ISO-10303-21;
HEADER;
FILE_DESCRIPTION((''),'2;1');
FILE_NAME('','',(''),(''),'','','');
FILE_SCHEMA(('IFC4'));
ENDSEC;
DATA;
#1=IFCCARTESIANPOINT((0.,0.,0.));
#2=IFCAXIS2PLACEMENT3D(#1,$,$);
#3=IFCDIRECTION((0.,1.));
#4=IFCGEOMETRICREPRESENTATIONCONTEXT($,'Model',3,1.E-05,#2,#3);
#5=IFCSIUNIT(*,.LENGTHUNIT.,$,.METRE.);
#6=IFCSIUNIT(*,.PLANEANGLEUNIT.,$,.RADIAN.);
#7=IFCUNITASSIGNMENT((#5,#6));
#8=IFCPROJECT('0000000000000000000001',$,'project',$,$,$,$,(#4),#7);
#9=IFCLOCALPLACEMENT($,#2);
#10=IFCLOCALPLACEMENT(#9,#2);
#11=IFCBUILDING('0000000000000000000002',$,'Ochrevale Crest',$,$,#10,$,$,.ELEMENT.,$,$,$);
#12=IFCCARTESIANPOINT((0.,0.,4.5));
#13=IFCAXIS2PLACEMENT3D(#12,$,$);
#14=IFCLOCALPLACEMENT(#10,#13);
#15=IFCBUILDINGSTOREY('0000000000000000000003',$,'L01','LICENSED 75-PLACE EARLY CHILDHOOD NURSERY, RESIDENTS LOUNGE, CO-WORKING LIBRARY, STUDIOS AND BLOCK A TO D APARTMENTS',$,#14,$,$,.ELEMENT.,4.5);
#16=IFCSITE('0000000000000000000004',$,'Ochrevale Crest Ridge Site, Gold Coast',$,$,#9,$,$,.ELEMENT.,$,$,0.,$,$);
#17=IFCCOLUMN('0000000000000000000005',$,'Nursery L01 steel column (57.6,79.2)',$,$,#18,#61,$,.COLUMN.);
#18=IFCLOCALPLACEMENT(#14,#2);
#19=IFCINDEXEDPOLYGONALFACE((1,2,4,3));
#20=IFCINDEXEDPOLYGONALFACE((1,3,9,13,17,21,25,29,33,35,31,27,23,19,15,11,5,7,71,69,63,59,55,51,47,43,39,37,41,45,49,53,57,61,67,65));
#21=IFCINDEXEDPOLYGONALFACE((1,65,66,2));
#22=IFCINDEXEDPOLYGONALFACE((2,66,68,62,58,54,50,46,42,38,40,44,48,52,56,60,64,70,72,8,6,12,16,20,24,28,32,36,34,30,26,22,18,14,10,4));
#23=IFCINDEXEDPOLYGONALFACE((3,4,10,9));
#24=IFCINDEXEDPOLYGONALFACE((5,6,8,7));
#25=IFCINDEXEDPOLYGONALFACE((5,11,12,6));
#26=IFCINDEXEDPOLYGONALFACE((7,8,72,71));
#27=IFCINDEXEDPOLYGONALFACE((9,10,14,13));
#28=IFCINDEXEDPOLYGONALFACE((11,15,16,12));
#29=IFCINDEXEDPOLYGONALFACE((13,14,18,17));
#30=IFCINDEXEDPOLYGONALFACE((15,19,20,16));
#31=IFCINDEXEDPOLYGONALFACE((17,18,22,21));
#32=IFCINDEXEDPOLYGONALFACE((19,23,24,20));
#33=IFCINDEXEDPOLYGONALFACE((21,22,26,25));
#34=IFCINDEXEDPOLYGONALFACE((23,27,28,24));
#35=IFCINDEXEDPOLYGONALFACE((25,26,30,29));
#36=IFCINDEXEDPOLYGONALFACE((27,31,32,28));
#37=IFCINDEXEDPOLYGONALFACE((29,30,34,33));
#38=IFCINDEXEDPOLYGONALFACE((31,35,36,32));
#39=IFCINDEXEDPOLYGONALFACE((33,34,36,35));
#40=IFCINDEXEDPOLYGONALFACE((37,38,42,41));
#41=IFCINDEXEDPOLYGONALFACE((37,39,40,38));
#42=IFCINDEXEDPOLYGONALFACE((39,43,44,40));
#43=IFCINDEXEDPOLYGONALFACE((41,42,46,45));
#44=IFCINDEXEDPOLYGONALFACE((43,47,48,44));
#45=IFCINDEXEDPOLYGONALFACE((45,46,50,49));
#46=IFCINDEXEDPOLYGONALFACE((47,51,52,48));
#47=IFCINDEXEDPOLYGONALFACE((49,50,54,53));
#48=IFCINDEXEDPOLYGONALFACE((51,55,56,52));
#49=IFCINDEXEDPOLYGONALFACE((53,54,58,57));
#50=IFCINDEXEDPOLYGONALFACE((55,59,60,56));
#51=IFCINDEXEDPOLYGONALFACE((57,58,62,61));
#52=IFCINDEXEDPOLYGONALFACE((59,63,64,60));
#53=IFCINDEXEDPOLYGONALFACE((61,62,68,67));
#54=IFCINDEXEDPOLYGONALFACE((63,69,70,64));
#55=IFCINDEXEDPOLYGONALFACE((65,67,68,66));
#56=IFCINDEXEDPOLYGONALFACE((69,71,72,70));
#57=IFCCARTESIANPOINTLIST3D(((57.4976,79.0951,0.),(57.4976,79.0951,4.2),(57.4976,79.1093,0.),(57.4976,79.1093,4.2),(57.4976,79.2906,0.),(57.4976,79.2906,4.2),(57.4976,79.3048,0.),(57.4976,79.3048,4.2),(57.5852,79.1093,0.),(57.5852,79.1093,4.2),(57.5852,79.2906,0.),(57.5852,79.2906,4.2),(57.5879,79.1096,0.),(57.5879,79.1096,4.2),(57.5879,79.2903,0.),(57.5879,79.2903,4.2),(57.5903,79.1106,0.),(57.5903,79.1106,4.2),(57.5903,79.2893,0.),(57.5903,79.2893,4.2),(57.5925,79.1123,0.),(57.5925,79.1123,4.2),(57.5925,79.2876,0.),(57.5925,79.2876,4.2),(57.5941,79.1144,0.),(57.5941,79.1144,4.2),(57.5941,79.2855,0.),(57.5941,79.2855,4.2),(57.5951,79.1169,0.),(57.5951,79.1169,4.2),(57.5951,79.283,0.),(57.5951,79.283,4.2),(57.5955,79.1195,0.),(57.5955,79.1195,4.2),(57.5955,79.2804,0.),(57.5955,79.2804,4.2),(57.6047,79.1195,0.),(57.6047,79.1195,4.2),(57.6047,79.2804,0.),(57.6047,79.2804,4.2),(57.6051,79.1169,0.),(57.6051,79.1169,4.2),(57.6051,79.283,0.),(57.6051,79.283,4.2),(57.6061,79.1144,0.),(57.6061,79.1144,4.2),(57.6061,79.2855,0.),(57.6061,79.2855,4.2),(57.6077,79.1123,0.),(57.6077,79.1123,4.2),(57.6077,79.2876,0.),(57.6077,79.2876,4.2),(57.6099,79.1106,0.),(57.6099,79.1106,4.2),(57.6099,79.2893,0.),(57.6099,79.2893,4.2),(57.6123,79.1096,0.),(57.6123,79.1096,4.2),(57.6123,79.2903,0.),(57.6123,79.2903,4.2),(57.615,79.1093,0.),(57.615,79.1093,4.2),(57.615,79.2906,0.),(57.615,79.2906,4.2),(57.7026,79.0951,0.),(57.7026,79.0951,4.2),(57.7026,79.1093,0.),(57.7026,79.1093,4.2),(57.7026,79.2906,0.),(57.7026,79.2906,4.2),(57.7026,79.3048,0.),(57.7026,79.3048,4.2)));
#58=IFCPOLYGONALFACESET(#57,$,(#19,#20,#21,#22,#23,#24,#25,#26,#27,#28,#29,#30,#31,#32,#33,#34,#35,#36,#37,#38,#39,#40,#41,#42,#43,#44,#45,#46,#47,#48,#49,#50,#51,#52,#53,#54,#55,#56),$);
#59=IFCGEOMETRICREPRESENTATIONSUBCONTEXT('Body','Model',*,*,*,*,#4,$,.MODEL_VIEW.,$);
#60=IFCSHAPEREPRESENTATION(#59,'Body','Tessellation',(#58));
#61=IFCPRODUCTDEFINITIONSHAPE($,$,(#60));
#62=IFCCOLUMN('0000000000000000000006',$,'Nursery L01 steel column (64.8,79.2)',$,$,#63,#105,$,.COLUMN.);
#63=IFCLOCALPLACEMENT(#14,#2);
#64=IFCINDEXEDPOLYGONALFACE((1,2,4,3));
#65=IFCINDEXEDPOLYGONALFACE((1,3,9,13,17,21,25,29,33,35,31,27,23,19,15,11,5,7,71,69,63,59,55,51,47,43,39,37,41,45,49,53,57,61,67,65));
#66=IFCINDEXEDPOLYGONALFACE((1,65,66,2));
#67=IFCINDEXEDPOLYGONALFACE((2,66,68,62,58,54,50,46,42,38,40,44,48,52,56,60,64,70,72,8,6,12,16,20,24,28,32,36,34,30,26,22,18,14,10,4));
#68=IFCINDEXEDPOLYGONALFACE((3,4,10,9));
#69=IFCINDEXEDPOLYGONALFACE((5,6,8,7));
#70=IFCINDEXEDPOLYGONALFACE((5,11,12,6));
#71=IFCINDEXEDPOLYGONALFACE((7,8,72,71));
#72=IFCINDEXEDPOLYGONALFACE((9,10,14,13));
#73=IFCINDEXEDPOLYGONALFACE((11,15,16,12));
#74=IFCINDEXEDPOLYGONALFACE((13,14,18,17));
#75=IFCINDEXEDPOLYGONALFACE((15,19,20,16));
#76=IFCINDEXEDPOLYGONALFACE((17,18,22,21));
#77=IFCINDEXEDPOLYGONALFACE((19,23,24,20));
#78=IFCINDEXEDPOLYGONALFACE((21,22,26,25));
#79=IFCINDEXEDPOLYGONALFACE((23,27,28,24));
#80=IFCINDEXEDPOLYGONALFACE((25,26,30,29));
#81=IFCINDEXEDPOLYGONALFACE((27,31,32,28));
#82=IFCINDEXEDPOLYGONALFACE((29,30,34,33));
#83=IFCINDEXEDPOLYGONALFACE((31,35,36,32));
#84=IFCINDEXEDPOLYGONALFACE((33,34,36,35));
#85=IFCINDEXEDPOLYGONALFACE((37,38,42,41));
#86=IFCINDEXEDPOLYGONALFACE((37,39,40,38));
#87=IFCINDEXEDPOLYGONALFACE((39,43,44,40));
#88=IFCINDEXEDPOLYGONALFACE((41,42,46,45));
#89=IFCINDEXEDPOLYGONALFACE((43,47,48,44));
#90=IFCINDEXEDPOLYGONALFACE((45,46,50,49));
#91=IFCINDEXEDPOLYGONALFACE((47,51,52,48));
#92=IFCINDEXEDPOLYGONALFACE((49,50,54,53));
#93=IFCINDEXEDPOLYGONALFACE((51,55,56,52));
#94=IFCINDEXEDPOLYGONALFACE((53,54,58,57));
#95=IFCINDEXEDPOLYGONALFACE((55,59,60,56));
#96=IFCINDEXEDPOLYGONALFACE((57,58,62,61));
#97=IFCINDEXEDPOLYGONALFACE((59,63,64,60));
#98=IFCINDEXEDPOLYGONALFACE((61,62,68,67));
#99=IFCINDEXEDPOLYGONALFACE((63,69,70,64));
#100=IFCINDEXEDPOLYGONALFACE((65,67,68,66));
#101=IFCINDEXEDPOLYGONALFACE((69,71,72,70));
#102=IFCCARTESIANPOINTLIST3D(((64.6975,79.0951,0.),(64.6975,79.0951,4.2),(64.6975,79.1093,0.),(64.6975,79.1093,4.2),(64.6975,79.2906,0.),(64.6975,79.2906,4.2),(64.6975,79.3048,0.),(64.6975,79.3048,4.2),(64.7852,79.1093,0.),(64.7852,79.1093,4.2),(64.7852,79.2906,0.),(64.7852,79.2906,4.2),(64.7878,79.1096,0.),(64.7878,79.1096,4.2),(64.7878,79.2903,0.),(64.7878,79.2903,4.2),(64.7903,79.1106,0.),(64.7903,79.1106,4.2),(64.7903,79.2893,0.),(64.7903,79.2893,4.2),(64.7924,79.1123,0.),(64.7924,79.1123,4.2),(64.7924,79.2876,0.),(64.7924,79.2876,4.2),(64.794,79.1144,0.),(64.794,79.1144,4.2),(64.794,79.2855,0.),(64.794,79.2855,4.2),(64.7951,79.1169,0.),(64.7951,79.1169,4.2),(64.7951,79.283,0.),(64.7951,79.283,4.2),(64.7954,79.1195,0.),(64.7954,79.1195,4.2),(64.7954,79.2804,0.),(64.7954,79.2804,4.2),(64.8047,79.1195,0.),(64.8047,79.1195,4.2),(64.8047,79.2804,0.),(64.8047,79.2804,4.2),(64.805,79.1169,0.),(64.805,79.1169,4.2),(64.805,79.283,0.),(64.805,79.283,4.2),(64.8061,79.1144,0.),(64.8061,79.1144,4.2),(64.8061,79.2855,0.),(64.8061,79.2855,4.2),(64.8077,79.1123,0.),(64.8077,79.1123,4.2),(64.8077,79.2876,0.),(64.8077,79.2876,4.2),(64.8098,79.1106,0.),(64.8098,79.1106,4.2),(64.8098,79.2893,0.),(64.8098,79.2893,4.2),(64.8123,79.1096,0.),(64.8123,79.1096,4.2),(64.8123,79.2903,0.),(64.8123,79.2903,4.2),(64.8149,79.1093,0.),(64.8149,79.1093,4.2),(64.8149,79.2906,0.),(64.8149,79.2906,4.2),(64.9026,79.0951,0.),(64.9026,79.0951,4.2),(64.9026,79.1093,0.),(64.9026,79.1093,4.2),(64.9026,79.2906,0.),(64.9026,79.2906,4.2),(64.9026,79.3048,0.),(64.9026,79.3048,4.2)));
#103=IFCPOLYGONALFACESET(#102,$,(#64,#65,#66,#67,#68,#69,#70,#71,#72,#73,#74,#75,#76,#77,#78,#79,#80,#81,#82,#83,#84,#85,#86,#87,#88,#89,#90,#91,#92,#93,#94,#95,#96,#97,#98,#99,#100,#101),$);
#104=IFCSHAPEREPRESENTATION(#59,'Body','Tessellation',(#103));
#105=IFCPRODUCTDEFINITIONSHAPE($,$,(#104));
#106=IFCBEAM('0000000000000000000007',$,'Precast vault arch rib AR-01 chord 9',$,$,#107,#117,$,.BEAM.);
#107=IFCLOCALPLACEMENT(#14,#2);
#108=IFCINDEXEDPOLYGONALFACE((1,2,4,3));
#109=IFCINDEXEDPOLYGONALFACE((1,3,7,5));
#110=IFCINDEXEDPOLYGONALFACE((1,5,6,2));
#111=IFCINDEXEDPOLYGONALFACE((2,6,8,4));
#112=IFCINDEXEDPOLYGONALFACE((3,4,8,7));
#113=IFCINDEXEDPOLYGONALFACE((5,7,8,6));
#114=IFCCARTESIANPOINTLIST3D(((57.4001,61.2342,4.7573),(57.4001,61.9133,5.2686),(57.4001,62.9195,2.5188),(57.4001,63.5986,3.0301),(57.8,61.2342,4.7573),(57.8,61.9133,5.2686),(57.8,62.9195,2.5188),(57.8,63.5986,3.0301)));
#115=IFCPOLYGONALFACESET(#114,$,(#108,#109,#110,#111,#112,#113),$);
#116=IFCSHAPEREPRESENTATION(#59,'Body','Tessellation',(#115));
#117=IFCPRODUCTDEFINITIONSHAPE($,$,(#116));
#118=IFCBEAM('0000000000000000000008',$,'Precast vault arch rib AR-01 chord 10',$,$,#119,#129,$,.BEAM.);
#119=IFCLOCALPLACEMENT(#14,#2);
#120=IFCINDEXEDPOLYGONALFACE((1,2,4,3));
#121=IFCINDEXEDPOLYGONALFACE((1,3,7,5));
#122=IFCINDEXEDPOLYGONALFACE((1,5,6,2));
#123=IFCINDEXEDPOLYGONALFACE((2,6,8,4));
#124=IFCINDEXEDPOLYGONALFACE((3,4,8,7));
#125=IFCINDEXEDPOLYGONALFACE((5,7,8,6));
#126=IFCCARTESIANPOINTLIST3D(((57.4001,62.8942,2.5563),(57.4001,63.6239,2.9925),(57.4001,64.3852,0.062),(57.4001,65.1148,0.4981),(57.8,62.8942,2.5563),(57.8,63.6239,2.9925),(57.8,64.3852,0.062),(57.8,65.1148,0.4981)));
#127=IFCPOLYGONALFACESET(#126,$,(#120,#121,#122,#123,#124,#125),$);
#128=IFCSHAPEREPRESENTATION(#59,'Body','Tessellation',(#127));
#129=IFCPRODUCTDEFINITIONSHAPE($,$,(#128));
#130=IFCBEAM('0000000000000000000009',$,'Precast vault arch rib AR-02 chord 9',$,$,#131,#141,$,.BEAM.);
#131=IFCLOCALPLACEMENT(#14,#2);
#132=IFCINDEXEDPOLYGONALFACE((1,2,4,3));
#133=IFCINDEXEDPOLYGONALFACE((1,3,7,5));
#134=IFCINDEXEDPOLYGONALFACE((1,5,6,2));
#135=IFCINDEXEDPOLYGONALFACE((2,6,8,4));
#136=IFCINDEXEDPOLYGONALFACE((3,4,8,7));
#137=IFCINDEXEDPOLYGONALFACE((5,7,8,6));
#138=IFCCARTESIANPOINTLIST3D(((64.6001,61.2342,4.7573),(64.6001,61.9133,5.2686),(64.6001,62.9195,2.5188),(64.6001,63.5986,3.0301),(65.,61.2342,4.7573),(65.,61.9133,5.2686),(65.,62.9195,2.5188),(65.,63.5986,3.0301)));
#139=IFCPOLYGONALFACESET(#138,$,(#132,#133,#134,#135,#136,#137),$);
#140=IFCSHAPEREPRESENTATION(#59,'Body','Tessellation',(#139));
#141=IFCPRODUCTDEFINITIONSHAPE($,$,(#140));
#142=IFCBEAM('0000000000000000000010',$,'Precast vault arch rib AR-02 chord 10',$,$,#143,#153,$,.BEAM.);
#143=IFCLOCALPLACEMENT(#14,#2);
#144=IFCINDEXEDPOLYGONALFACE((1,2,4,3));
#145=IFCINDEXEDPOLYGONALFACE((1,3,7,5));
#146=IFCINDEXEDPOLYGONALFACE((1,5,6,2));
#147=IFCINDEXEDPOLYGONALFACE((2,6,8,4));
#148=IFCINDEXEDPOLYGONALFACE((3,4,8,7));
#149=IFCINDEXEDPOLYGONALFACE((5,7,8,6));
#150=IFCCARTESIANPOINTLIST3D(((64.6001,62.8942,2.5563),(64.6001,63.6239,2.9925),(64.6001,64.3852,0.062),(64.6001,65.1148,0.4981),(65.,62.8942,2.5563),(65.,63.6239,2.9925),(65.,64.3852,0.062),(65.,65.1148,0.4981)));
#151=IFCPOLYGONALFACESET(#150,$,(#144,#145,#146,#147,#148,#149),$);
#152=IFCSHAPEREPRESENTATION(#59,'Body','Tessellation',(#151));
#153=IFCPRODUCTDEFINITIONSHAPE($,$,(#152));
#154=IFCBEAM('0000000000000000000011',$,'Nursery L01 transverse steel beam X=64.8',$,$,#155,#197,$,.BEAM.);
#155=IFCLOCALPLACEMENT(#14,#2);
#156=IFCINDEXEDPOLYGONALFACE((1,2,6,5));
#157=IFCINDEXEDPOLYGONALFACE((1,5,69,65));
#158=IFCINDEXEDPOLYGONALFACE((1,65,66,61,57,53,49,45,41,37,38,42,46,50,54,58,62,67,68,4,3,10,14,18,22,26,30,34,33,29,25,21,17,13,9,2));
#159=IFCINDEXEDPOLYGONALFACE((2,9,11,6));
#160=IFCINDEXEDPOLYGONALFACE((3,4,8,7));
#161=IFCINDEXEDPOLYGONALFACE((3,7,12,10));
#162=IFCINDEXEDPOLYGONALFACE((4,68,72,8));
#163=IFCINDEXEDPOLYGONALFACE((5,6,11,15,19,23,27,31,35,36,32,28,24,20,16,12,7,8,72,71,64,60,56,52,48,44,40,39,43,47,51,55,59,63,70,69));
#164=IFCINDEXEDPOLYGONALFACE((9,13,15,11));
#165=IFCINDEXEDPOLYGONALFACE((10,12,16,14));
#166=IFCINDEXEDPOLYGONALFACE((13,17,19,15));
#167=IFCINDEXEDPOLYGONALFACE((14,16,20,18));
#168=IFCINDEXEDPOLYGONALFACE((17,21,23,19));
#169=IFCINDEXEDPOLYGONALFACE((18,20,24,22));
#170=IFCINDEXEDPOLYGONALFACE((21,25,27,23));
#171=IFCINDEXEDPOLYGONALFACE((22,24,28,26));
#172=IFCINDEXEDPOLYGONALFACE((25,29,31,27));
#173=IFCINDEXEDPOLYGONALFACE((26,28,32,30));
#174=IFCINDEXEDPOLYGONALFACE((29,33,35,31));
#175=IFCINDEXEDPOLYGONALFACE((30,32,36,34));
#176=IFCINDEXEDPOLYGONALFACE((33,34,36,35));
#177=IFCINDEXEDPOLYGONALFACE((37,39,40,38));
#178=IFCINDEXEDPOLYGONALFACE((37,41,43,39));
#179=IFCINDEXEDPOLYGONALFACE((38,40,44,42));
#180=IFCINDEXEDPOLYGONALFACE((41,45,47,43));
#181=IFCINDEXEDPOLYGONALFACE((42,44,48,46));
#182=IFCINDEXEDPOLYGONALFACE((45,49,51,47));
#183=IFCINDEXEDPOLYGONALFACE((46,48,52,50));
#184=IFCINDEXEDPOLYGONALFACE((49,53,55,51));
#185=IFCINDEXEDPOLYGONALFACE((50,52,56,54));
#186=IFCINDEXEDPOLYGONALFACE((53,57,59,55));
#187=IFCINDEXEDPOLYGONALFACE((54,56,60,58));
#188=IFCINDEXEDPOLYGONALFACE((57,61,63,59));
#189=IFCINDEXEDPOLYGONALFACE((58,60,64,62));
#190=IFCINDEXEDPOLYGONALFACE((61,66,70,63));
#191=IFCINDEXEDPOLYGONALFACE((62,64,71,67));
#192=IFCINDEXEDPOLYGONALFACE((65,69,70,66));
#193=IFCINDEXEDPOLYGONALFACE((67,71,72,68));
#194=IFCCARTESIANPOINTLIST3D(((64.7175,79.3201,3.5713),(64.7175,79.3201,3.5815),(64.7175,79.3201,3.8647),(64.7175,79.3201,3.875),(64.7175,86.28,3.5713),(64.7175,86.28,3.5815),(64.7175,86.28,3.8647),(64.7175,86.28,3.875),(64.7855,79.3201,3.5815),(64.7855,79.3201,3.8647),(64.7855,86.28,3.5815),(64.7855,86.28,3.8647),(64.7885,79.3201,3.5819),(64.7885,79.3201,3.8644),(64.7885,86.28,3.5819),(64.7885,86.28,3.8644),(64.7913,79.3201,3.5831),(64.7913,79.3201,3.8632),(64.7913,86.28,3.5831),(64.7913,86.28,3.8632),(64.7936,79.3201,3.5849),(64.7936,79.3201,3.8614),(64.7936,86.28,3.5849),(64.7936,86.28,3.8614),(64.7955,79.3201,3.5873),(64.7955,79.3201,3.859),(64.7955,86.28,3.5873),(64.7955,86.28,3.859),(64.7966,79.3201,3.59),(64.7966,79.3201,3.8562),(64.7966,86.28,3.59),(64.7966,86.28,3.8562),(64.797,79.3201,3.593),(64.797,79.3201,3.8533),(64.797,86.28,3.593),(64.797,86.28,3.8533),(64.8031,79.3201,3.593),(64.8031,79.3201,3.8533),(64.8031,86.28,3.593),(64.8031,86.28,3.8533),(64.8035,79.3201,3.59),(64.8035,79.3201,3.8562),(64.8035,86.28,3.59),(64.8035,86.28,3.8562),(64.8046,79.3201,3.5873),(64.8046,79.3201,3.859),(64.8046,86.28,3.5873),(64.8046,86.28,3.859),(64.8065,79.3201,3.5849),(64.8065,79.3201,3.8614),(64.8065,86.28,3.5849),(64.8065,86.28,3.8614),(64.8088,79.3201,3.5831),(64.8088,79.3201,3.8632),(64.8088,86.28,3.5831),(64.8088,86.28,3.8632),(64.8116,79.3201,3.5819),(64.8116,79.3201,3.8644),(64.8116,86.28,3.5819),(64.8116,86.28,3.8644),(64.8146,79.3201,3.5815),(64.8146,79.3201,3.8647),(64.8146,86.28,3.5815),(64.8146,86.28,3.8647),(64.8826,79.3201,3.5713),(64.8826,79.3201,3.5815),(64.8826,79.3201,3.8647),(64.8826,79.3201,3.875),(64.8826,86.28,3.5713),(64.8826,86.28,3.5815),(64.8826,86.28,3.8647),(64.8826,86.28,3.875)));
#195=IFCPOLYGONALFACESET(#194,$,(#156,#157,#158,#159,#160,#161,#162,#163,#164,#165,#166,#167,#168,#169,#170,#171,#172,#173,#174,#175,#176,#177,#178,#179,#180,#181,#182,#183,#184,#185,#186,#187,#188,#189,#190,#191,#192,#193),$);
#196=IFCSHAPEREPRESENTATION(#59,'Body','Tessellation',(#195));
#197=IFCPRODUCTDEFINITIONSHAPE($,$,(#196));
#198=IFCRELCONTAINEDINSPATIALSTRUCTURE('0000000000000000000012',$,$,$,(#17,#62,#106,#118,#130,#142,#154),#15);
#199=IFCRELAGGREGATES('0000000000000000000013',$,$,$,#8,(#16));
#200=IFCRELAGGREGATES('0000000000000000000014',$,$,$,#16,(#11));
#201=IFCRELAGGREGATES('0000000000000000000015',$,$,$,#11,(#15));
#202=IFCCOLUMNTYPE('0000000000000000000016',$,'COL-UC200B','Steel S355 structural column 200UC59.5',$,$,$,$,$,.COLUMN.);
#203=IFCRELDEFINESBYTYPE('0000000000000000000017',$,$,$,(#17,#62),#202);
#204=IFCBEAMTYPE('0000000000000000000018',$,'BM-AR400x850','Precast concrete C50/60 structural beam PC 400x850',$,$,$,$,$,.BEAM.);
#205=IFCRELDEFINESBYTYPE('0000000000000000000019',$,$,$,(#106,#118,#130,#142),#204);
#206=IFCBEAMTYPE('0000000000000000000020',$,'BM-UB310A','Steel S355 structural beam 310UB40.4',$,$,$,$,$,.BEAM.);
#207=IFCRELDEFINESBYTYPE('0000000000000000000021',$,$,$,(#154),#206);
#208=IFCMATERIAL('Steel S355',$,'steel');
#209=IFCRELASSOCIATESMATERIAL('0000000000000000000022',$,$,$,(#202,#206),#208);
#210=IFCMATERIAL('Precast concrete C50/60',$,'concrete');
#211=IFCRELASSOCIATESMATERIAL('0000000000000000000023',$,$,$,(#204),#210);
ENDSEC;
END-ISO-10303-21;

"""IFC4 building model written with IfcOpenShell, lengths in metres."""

from ifc_helpers import new_model, si_unit, direction, frame, origin, origin_2d, place, context, subcontext, project, spatial, rectangle, i_section, extrude, material, material_profile, profile_set, type_object, element, save


model = new_model("IFC4")

# Units and contexts
model_context = context("Model", 3, precision=1e-05, world=origin(), true_north=direction((0.0, 1.0)))
body_context = subcontext(model_context, "Body", "Model", "MODEL_VIEW")
ifc_project = project(units=[si_unit("LENGTHUNIT", "METRE"), si_unit("PLANEANGLEUNIT", "RADIAN")], contexts=[model_context])

# Site, building, storey
site_placement = place(None, origin())
site = spatial("IfcSite", under=ifc_project, at=site_placement, Name="Ochrevale Crest Ridge Site, Gold Coast", CompositionType="ELEMENT", RefElevation=0.0)
building_placement = place(site_placement, origin())
building = spatial("IfcBuilding", under=site, at=building_placement, Name="Ochrevale Crest", CompositionType="ELEMENT")
storey_placement = place(building_placement, frame((0.0, 0.0, 4.5)))
storey = spatial("IfcBuildingStorey", under=building, at=storey_placement, Name="L01", Description="LICENSED 75-PLACE EARLY CHILDHOOD NURSERY, RESIDENTS LOUNGE, CO-WORKING LIBRARY, STUDIOS AND BLOCK A TO D APARTMENTS", CompositionType="ELEMENT", Elevation=4.5)

# Columns
ifc_material_1 = material(Name="Steel S355", Category="steel")
ifc_material_profile_1 = material_profile(ifc_material_1, i_section(OverallWidth=0.2051, OverallDepth=0.2097, WebThickness=0.0093, FlangeThickness=0.0142, FilletRadius=0.0103, at=origin_2d()), Name="200UC59.5")
ifc_profile_set_1 = profile_set([ifc_material_profile_1], Name="Steel S355")
column_type = type_object("IfcColumnType", Name="COL-UC200B", Description="Steel S355 structural column 200UC59.5", PredefinedType="COLUMN", material=ifc_profile_set_1)
for number, where, z_axis, x_axis, name in (
    (1, (57.6001, 79.2, 0.0), (0.0, 0.0, 1.0), (1.0, 0.0, 0.0), "Nursery L01 steel column (57.6,79.2)"),
    (2, (64.8, 79.2, 0.0), (0.0, 0.0, 1.0), (1.0, 0.0, 0.0), "Nursery L01 steel column (64.8,79.2)"),
):
    element("IfcColumn", number, at=place(storey_placement, frame(where, z_axis=z_axis, x_axis=x_axis)), inside=storey, type_object=column_type, Name=name, PredefinedType="COLUMN", context=body_context, shape_type="SweptSolid", body=[
        extrude(i_section(OverallWidth=0.2051, OverallDepth=0.2097, WebThickness=0.0093, FlangeThickness=0.0142, FilletRadius=0.0103, at=origin_2d()), origin(), (0.0, 0.0, 1.0), 4.2),
    ])

# Beams
ifc_material_2 = material(Name="Precast concrete C50/60", Category="concrete")
ifc_material_profile_2 = material_profile(ifc_material_2, rectangle(XDim=0.3999, YDim=0.8501, at=origin_2d()), Name="PC 400x850")
ifc_profile_set_2 = profile_set([ifc_material_profile_2], Name="Precast concrete C50/60")
beam_type_1 = type_object("IfcBeamType", Name="BM-AR400x850", Description="Precast concrete C50/60 structural beam PC 400x850", PredefinedType="BEAM", material=ifc_profile_set_2)
beam_1_placement = place(storey_placement, frame((57.6001, 61.5737, 5.0129), z_axis=(0.0, 0.601463, -0.798901), x_axis=(-1.0, 0.0, 0.0)))
element("IfcBeam", 3, at=beam_1_placement, inside=storey, type_object=beam_type_1, Name="Precast vault arch rib AR-01 chord 9", PredefinedType="BEAM", context=body_context, shape_type="SweptSolid", body=[
    extrude(rectangle(XDim=0.3999, YDim=0.8501, at=origin_2d()), origin(), (0.0, 0.0, 1.0), 2.802),
])
beam_2_placement = place(storey_placement, frame((57.6001, 63.259, 2.7744), z_axis=(0.0, 0.513062, -0.858352), x_axis=(-1.0, 0.0, 0.0)))
element("IfcBeam", 4, at=beam_2_placement, inside=storey, type_object=beam_type_1, Name="Precast vault arch rib AR-01 chord 10", PredefinedType="BEAM", context=body_context, shape_type="SweptSolid", body=[
    extrude(rectangle(XDim=0.3999, YDim=0.8501, at=origin_2d()), origin(), (0.0, 0.0, 1.0), 2.906),
])
beam_3_placement = place(storey_placement, frame((64.8, 61.5737, 5.0129), z_axis=(0.0, 0.601463, -0.798901), x_axis=(-1.0, 0.0, 0.0)))
element("IfcBeam", 5, at=beam_3_placement, inside=storey, type_object=beam_type_1, Name="Precast vault arch rib AR-02 chord 9", PredefinedType="BEAM", context=body_context, shape_type="SweptSolid", body=[
    extrude(rectangle(XDim=0.3999, YDim=0.8501, at=origin_2d()), origin(), (0.0, 0.0, 1.0), 2.802),
])
beam_4_placement = place(storey_placement, frame((64.8, 63.259, 2.7744), z_axis=(0.0, 0.513062, -0.858352), x_axis=(-1.0, 0.0, 0.0)))
element("IfcBeam", 6, at=beam_4_placement, inside=storey, type_object=beam_type_1, Name="Precast vault arch rib AR-02 chord 10", PredefinedType="BEAM", context=body_context, shape_type="SweptSolid", body=[
    extrude(rectangle(XDim=0.3999, YDim=0.8501, at=origin_2d()), origin(), (0.0, 0.0, 1.0), 2.906),
])
ifc_material_profile_3 = material_profile(ifc_material_1, i_section(OverallWidth=0.165, OverallDepth=0.3037, WebThickness=0.0061, FlangeThickness=0.0103, FilletRadius=0.0115, at=origin_2d()), Name="310UB40.4")
ifc_profile_set_3 = profile_set([ifc_material_profile_3], Name="Steel S355")
beam_type_2 = type_object("IfcBeamType", Name="BM-UB310A", Description="Steel S355 structural beam 310UB40.4", PredefinedType="BEAM", material=ifc_profile_set_3)
beam_5_placement = place(storey_placement, frame((64.8, 79.3201, 3.7231), z_axis=(0.0, 1.0, 0.0), x_axis=(-1.0, 0.0, 0.0)))
element("IfcBeam", 7, at=beam_5_placement, inside=storey, type_object=beam_type_2, Name="Nursery L01 transverse steel beam X=64.8", PredefinedType="BEAM", context=body_context, shape_type="SweptSolid", body=[
    extrude(i_section(OverallWidth=0.165, OverallDepth=0.3037, WebThickness=0.0061, FlangeThickness=0.0103, FilletRadius=0.0115, at=origin_2d()), origin(), (0.0, 0.0, 1.0), 6.96),
])

save(model, "model.ifc")
